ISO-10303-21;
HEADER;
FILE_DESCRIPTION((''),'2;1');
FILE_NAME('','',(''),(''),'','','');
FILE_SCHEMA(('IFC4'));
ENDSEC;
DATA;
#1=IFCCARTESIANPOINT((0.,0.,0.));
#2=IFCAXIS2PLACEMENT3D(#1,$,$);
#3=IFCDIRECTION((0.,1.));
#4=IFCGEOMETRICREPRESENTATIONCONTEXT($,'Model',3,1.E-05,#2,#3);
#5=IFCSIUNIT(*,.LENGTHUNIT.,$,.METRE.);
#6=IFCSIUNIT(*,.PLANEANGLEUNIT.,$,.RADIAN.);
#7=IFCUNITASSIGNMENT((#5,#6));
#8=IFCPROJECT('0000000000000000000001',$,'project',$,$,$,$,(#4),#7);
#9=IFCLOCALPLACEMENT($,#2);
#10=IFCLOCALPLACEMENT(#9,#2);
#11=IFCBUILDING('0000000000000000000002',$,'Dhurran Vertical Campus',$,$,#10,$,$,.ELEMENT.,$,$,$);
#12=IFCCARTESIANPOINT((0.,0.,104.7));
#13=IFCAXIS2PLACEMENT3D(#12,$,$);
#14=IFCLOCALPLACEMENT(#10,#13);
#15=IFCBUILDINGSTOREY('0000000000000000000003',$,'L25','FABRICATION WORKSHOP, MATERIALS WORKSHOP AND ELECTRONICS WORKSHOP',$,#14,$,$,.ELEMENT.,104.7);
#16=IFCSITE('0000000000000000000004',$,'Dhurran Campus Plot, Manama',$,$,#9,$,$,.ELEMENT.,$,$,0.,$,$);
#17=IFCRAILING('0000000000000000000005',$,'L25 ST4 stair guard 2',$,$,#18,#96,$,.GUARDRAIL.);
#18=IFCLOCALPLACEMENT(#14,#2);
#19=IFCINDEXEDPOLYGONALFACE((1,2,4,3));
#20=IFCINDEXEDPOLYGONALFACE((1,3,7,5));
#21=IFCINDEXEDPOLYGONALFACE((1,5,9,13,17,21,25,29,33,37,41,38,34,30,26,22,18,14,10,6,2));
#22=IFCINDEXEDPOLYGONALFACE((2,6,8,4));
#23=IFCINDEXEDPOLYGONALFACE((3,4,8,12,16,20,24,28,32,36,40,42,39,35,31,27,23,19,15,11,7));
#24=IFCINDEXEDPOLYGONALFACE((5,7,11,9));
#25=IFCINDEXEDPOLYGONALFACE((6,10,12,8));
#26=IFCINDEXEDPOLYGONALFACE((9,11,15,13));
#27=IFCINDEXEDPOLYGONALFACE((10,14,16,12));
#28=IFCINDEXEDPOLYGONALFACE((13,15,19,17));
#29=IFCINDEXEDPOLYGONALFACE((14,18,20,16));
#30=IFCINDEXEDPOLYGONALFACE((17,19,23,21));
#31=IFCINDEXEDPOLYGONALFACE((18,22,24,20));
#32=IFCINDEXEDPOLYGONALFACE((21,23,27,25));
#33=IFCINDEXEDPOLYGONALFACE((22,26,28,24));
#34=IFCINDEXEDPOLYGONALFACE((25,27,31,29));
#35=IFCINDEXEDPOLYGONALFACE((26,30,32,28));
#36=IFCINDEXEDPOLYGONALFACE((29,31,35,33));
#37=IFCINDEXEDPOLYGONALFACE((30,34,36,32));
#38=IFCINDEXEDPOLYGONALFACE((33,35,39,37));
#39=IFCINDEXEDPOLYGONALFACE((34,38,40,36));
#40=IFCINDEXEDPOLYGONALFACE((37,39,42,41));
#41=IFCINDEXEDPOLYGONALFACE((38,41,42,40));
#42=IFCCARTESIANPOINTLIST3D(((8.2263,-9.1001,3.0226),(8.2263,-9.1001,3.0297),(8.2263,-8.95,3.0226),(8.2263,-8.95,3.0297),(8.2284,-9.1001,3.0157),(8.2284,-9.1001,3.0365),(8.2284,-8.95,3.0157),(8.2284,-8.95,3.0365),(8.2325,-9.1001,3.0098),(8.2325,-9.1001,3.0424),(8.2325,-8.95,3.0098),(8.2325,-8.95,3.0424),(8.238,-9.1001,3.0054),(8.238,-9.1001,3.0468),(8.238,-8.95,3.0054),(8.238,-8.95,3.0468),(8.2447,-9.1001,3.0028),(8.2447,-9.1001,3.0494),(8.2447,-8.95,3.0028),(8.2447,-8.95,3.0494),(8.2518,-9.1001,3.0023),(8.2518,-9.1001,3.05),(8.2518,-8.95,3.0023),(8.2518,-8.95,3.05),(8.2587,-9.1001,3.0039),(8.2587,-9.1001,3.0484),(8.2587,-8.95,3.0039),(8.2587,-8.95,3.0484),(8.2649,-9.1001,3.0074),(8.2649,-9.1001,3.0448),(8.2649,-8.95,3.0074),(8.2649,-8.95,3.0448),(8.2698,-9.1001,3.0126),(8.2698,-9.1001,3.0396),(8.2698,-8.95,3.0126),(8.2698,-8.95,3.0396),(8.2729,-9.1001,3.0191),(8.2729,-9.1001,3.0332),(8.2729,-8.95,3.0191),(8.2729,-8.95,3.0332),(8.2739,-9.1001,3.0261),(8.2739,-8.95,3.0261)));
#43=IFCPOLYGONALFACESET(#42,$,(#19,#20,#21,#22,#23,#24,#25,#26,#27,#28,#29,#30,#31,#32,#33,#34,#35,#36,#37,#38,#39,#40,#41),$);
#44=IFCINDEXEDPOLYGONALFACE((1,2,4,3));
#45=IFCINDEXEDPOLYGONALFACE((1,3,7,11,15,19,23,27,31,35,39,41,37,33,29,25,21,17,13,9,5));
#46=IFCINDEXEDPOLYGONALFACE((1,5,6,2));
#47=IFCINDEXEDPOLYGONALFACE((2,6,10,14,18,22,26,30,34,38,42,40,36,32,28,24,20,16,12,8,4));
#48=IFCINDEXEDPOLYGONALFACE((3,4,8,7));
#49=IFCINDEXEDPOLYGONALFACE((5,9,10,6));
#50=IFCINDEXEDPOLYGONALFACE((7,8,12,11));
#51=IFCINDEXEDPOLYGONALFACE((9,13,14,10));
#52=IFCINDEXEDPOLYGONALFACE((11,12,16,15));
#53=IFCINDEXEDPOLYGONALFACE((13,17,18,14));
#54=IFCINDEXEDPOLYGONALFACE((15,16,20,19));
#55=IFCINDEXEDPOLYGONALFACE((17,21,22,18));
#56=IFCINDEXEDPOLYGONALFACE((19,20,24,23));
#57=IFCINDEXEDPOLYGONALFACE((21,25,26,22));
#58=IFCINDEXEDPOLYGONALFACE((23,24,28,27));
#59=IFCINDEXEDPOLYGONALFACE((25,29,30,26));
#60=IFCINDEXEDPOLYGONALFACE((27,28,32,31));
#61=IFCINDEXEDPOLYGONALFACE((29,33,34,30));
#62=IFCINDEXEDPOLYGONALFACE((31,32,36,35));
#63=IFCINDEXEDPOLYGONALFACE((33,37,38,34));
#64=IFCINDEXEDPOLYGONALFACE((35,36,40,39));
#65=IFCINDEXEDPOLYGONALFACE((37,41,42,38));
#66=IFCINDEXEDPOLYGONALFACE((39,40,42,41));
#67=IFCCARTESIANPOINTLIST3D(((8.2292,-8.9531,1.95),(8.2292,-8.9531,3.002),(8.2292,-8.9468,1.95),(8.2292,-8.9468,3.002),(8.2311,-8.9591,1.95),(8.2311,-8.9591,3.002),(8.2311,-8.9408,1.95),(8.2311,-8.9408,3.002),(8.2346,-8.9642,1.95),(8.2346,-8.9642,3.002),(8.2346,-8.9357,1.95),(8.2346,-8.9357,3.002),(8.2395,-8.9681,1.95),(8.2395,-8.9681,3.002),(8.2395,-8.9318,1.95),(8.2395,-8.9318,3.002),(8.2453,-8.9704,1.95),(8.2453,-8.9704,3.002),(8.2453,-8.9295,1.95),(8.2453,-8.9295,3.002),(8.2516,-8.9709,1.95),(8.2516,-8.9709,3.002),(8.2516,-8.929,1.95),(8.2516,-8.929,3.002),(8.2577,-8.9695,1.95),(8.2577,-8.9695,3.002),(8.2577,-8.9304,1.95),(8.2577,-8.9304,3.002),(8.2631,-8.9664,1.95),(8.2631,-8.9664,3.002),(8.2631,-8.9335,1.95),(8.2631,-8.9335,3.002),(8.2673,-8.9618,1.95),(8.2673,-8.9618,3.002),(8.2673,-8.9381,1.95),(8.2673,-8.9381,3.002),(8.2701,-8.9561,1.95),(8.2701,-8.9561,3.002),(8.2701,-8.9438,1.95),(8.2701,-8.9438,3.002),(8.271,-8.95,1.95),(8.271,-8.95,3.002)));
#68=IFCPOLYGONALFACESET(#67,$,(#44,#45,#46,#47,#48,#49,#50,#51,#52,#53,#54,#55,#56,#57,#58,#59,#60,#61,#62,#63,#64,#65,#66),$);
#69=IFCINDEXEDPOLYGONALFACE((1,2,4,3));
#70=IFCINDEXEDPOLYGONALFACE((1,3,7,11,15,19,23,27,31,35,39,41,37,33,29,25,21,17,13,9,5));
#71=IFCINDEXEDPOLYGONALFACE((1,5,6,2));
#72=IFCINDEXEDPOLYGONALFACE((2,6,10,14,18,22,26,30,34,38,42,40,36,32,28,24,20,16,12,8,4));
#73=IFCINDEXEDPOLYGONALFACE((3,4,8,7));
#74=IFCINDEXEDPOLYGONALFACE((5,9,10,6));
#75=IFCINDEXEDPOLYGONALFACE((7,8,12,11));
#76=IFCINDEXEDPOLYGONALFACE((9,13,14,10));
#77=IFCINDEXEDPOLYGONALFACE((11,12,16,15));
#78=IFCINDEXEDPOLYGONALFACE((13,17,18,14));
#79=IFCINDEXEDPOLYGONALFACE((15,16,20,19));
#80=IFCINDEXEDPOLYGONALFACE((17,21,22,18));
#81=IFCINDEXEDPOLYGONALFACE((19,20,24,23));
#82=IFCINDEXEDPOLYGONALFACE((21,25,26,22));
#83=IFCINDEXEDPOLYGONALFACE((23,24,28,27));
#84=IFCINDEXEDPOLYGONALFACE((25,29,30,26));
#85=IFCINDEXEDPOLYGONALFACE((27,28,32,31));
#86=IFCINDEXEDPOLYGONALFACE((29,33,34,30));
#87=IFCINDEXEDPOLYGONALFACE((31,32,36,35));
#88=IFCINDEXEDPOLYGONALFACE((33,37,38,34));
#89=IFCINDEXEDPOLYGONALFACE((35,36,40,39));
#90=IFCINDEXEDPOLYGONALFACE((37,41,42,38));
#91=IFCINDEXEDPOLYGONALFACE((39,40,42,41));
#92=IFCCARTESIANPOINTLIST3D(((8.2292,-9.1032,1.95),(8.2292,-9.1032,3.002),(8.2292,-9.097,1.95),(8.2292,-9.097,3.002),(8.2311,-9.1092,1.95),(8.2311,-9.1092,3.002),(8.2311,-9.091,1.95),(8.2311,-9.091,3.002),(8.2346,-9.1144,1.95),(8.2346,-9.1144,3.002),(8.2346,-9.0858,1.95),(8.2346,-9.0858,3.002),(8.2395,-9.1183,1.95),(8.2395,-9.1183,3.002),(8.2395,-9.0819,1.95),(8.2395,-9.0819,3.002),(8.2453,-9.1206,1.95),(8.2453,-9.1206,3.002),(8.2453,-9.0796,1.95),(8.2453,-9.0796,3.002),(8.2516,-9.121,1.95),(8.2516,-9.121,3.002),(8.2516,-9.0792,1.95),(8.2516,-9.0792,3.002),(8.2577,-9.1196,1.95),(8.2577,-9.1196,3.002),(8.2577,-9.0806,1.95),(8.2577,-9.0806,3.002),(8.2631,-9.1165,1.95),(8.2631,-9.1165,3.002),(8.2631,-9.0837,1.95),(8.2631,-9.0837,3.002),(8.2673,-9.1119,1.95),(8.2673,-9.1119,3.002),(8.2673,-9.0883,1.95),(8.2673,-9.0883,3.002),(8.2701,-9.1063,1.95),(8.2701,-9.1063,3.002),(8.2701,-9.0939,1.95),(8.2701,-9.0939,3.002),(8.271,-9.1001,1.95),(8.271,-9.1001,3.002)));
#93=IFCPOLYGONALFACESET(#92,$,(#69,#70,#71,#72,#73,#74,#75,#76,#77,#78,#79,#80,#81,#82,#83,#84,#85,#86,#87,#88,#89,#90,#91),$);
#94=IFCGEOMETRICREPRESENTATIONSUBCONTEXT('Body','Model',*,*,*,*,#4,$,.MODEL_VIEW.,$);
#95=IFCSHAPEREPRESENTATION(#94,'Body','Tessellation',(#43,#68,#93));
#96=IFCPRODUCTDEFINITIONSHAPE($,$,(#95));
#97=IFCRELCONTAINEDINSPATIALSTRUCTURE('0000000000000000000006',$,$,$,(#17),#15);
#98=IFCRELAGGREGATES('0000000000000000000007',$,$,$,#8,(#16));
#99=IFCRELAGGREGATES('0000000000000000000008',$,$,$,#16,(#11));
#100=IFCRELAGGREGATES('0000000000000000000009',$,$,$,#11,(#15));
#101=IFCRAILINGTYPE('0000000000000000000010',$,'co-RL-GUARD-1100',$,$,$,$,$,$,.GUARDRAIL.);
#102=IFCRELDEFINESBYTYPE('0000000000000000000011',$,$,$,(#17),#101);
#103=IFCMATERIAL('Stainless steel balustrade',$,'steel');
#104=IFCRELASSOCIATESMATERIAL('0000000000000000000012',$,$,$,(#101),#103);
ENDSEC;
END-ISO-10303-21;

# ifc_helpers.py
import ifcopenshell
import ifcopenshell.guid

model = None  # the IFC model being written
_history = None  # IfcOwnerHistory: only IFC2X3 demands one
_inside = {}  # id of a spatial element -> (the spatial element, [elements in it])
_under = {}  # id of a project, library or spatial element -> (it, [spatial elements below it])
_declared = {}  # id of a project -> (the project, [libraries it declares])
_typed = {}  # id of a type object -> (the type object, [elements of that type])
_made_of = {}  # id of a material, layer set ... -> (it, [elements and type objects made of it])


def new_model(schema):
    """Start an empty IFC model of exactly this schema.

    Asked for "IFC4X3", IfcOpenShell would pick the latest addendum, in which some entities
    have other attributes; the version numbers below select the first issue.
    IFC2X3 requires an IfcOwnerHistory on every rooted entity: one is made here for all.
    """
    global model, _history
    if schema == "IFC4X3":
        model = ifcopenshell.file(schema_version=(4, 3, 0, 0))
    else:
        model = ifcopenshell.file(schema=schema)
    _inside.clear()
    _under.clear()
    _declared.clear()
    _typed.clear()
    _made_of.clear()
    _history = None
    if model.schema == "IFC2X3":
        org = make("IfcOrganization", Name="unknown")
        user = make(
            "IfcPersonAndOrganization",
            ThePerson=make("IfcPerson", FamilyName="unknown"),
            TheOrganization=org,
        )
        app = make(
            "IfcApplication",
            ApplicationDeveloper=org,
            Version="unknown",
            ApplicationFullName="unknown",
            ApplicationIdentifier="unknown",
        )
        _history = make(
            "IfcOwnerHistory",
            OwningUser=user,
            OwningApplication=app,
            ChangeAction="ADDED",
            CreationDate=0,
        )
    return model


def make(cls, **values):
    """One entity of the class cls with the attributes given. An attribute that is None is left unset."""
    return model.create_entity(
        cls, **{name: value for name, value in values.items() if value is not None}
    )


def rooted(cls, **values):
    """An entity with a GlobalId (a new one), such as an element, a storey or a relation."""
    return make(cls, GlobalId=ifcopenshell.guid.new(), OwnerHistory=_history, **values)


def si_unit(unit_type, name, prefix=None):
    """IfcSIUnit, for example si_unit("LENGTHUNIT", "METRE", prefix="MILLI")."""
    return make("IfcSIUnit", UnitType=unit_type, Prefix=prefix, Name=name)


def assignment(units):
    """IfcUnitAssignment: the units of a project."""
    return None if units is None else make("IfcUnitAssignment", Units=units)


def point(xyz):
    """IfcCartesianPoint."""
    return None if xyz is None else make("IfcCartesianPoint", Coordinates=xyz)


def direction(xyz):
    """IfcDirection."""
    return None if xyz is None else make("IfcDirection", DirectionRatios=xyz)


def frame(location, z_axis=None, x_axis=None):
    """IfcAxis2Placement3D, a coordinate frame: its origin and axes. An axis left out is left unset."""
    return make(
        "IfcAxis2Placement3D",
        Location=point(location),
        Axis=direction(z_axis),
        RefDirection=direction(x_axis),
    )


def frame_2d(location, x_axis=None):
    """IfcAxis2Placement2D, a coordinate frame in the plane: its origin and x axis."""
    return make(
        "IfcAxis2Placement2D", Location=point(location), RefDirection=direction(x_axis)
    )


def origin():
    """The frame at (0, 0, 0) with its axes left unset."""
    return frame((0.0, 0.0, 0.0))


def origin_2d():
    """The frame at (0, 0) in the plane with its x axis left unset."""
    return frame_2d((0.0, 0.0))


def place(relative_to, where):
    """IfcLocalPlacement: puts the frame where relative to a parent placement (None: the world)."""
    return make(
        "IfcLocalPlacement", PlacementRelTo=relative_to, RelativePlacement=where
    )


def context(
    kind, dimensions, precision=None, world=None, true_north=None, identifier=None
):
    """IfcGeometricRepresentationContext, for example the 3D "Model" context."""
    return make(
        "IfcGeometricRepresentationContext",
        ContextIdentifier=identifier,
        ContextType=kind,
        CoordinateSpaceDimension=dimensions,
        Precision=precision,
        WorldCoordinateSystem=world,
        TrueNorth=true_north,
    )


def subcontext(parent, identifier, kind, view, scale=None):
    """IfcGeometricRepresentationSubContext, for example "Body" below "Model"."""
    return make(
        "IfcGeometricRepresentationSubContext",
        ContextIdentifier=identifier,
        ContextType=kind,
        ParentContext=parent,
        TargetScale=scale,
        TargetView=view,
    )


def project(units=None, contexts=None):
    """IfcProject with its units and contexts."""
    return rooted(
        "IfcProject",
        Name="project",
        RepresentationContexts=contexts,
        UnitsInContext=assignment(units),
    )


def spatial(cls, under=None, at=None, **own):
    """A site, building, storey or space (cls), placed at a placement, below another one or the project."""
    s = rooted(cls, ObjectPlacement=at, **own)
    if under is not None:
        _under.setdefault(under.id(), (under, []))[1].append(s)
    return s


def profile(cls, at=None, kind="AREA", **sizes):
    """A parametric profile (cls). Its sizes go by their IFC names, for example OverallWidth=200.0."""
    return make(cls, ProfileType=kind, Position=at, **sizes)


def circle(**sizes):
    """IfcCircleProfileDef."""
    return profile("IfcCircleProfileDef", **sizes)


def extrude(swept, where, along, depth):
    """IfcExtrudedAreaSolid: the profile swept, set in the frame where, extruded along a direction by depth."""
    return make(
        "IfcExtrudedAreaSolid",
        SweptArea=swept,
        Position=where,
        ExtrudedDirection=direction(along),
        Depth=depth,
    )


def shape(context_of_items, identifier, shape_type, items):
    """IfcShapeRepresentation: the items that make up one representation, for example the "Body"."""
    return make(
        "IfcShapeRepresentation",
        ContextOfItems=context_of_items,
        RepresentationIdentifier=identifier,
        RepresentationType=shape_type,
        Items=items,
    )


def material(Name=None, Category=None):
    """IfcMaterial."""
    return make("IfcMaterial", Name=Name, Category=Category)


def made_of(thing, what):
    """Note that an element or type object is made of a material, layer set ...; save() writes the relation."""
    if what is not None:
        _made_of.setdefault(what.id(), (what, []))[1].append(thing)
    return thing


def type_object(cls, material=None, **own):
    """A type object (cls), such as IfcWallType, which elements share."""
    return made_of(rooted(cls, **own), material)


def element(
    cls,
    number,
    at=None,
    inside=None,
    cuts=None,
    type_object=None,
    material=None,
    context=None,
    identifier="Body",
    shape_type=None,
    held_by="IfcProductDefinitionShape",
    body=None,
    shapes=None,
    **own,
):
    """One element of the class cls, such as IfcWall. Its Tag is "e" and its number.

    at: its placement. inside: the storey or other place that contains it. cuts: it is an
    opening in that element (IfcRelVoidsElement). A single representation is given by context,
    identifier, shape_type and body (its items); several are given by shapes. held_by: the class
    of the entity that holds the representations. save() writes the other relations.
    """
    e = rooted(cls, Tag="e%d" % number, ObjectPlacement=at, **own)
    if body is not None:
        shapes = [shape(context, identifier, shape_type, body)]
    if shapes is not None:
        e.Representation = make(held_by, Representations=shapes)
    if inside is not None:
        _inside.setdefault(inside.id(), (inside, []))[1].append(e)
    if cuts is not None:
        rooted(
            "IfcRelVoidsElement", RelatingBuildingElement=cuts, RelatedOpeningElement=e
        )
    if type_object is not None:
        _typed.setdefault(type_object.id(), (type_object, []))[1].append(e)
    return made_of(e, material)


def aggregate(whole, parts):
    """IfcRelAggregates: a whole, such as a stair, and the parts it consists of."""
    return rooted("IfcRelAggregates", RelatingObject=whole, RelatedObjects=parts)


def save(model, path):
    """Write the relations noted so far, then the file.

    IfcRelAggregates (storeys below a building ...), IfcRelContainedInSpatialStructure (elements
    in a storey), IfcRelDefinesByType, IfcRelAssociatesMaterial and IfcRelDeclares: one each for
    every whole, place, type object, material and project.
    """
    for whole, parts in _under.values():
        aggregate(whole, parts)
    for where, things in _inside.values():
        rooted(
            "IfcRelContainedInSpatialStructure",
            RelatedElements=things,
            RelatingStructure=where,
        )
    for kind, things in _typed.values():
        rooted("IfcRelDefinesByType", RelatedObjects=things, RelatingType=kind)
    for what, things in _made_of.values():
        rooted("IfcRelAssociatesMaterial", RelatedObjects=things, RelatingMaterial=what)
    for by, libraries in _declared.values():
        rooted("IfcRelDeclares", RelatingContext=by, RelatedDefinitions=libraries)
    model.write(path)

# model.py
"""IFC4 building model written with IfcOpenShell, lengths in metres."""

from ifc_helpers import new_model, si_unit, direction, frame, origin, origin_2d, place, context, subcontext, project, spatial, circle, extrude, material, type_object, element, save


model = new_model("IFC4")

# Units and contexts
model_context = context("Model", 3, precision=1e-05, world=origin(), true_north=direction((0.0, 1.0)))
body_context = subcontext(model_context, "Body", "Model", "MODEL_VIEW")
ifc_project = project(units=[si_unit("LENGTHUNIT", "METRE"), si_unit("PLANEANGLEUNIT", "RADIAN")], contexts=[model_context])

# Site, building, storey
site_placement = place(None, origin())
site = spatial("IfcSite", under=ifc_project, at=site_placement, Name="Dhurran Campus Plot, Manama", CompositionType="ELEMENT", RefElevation=0.0)
building_placement = place(site_placement, origin())
building = spatial("IfcBuilding", under=site, at=building_placement, Name="Dhurran Vertical Campus", CompositionType="ELEMENT")
storey_placement = place(building_placement, frame((0.0, 0.0, 104.7)))
storey = spatial("IfcBuildingStorey", under=building, at=storey_placement, Name="L25", Description="FABRICATION WORKSHOP, MATERIALS WORKSHOP AND ELECTRONICS WORKSHOP", CompositionType="ELEMENT", Elevation=104.7)

# Railing
ifc_material_1 = material(Name="Stainless steel balustrade", Category="steel")
railing_type_1 = type_object("IfcRailingType", Name="co-RL-GUARD-1100", PredefinedType="GUARDRAIL", material=ifc_material_1)
railing_1_placement = place(storey_placement, frame((8.25, -8.95, 1.95)))
element("IfcRailing", 1, at=railing_1_placement, inside=storey, type_object=railing_type_1, Name="L25 ST4 stair guard 2", PredefinedType="GUARDRAIL", context=body_context, shape_type="SweptSolid", body=[
    extrude(circle(Radius=0.0239, at=origin_2d()), frame((0.0, 0.0, 1.0762), z_axis=(0.0, -1.0, 0.0), x_axis=(1.0, 0.0, 0.0)), (0.0, 0.0, 1.0), 0.1501),
    extrude(circle(Radius=0.021, at=origin_2d()), origin(), (0.0, 0.0, 1.0), 1.052),
    extrude(circle(Radius=0.021, at=origin_2d()), frame((0.0, -0.1501, 0.0)), (0.0, 0.0, 1.0), 1.052),
])

save(model, "model.ifc")
